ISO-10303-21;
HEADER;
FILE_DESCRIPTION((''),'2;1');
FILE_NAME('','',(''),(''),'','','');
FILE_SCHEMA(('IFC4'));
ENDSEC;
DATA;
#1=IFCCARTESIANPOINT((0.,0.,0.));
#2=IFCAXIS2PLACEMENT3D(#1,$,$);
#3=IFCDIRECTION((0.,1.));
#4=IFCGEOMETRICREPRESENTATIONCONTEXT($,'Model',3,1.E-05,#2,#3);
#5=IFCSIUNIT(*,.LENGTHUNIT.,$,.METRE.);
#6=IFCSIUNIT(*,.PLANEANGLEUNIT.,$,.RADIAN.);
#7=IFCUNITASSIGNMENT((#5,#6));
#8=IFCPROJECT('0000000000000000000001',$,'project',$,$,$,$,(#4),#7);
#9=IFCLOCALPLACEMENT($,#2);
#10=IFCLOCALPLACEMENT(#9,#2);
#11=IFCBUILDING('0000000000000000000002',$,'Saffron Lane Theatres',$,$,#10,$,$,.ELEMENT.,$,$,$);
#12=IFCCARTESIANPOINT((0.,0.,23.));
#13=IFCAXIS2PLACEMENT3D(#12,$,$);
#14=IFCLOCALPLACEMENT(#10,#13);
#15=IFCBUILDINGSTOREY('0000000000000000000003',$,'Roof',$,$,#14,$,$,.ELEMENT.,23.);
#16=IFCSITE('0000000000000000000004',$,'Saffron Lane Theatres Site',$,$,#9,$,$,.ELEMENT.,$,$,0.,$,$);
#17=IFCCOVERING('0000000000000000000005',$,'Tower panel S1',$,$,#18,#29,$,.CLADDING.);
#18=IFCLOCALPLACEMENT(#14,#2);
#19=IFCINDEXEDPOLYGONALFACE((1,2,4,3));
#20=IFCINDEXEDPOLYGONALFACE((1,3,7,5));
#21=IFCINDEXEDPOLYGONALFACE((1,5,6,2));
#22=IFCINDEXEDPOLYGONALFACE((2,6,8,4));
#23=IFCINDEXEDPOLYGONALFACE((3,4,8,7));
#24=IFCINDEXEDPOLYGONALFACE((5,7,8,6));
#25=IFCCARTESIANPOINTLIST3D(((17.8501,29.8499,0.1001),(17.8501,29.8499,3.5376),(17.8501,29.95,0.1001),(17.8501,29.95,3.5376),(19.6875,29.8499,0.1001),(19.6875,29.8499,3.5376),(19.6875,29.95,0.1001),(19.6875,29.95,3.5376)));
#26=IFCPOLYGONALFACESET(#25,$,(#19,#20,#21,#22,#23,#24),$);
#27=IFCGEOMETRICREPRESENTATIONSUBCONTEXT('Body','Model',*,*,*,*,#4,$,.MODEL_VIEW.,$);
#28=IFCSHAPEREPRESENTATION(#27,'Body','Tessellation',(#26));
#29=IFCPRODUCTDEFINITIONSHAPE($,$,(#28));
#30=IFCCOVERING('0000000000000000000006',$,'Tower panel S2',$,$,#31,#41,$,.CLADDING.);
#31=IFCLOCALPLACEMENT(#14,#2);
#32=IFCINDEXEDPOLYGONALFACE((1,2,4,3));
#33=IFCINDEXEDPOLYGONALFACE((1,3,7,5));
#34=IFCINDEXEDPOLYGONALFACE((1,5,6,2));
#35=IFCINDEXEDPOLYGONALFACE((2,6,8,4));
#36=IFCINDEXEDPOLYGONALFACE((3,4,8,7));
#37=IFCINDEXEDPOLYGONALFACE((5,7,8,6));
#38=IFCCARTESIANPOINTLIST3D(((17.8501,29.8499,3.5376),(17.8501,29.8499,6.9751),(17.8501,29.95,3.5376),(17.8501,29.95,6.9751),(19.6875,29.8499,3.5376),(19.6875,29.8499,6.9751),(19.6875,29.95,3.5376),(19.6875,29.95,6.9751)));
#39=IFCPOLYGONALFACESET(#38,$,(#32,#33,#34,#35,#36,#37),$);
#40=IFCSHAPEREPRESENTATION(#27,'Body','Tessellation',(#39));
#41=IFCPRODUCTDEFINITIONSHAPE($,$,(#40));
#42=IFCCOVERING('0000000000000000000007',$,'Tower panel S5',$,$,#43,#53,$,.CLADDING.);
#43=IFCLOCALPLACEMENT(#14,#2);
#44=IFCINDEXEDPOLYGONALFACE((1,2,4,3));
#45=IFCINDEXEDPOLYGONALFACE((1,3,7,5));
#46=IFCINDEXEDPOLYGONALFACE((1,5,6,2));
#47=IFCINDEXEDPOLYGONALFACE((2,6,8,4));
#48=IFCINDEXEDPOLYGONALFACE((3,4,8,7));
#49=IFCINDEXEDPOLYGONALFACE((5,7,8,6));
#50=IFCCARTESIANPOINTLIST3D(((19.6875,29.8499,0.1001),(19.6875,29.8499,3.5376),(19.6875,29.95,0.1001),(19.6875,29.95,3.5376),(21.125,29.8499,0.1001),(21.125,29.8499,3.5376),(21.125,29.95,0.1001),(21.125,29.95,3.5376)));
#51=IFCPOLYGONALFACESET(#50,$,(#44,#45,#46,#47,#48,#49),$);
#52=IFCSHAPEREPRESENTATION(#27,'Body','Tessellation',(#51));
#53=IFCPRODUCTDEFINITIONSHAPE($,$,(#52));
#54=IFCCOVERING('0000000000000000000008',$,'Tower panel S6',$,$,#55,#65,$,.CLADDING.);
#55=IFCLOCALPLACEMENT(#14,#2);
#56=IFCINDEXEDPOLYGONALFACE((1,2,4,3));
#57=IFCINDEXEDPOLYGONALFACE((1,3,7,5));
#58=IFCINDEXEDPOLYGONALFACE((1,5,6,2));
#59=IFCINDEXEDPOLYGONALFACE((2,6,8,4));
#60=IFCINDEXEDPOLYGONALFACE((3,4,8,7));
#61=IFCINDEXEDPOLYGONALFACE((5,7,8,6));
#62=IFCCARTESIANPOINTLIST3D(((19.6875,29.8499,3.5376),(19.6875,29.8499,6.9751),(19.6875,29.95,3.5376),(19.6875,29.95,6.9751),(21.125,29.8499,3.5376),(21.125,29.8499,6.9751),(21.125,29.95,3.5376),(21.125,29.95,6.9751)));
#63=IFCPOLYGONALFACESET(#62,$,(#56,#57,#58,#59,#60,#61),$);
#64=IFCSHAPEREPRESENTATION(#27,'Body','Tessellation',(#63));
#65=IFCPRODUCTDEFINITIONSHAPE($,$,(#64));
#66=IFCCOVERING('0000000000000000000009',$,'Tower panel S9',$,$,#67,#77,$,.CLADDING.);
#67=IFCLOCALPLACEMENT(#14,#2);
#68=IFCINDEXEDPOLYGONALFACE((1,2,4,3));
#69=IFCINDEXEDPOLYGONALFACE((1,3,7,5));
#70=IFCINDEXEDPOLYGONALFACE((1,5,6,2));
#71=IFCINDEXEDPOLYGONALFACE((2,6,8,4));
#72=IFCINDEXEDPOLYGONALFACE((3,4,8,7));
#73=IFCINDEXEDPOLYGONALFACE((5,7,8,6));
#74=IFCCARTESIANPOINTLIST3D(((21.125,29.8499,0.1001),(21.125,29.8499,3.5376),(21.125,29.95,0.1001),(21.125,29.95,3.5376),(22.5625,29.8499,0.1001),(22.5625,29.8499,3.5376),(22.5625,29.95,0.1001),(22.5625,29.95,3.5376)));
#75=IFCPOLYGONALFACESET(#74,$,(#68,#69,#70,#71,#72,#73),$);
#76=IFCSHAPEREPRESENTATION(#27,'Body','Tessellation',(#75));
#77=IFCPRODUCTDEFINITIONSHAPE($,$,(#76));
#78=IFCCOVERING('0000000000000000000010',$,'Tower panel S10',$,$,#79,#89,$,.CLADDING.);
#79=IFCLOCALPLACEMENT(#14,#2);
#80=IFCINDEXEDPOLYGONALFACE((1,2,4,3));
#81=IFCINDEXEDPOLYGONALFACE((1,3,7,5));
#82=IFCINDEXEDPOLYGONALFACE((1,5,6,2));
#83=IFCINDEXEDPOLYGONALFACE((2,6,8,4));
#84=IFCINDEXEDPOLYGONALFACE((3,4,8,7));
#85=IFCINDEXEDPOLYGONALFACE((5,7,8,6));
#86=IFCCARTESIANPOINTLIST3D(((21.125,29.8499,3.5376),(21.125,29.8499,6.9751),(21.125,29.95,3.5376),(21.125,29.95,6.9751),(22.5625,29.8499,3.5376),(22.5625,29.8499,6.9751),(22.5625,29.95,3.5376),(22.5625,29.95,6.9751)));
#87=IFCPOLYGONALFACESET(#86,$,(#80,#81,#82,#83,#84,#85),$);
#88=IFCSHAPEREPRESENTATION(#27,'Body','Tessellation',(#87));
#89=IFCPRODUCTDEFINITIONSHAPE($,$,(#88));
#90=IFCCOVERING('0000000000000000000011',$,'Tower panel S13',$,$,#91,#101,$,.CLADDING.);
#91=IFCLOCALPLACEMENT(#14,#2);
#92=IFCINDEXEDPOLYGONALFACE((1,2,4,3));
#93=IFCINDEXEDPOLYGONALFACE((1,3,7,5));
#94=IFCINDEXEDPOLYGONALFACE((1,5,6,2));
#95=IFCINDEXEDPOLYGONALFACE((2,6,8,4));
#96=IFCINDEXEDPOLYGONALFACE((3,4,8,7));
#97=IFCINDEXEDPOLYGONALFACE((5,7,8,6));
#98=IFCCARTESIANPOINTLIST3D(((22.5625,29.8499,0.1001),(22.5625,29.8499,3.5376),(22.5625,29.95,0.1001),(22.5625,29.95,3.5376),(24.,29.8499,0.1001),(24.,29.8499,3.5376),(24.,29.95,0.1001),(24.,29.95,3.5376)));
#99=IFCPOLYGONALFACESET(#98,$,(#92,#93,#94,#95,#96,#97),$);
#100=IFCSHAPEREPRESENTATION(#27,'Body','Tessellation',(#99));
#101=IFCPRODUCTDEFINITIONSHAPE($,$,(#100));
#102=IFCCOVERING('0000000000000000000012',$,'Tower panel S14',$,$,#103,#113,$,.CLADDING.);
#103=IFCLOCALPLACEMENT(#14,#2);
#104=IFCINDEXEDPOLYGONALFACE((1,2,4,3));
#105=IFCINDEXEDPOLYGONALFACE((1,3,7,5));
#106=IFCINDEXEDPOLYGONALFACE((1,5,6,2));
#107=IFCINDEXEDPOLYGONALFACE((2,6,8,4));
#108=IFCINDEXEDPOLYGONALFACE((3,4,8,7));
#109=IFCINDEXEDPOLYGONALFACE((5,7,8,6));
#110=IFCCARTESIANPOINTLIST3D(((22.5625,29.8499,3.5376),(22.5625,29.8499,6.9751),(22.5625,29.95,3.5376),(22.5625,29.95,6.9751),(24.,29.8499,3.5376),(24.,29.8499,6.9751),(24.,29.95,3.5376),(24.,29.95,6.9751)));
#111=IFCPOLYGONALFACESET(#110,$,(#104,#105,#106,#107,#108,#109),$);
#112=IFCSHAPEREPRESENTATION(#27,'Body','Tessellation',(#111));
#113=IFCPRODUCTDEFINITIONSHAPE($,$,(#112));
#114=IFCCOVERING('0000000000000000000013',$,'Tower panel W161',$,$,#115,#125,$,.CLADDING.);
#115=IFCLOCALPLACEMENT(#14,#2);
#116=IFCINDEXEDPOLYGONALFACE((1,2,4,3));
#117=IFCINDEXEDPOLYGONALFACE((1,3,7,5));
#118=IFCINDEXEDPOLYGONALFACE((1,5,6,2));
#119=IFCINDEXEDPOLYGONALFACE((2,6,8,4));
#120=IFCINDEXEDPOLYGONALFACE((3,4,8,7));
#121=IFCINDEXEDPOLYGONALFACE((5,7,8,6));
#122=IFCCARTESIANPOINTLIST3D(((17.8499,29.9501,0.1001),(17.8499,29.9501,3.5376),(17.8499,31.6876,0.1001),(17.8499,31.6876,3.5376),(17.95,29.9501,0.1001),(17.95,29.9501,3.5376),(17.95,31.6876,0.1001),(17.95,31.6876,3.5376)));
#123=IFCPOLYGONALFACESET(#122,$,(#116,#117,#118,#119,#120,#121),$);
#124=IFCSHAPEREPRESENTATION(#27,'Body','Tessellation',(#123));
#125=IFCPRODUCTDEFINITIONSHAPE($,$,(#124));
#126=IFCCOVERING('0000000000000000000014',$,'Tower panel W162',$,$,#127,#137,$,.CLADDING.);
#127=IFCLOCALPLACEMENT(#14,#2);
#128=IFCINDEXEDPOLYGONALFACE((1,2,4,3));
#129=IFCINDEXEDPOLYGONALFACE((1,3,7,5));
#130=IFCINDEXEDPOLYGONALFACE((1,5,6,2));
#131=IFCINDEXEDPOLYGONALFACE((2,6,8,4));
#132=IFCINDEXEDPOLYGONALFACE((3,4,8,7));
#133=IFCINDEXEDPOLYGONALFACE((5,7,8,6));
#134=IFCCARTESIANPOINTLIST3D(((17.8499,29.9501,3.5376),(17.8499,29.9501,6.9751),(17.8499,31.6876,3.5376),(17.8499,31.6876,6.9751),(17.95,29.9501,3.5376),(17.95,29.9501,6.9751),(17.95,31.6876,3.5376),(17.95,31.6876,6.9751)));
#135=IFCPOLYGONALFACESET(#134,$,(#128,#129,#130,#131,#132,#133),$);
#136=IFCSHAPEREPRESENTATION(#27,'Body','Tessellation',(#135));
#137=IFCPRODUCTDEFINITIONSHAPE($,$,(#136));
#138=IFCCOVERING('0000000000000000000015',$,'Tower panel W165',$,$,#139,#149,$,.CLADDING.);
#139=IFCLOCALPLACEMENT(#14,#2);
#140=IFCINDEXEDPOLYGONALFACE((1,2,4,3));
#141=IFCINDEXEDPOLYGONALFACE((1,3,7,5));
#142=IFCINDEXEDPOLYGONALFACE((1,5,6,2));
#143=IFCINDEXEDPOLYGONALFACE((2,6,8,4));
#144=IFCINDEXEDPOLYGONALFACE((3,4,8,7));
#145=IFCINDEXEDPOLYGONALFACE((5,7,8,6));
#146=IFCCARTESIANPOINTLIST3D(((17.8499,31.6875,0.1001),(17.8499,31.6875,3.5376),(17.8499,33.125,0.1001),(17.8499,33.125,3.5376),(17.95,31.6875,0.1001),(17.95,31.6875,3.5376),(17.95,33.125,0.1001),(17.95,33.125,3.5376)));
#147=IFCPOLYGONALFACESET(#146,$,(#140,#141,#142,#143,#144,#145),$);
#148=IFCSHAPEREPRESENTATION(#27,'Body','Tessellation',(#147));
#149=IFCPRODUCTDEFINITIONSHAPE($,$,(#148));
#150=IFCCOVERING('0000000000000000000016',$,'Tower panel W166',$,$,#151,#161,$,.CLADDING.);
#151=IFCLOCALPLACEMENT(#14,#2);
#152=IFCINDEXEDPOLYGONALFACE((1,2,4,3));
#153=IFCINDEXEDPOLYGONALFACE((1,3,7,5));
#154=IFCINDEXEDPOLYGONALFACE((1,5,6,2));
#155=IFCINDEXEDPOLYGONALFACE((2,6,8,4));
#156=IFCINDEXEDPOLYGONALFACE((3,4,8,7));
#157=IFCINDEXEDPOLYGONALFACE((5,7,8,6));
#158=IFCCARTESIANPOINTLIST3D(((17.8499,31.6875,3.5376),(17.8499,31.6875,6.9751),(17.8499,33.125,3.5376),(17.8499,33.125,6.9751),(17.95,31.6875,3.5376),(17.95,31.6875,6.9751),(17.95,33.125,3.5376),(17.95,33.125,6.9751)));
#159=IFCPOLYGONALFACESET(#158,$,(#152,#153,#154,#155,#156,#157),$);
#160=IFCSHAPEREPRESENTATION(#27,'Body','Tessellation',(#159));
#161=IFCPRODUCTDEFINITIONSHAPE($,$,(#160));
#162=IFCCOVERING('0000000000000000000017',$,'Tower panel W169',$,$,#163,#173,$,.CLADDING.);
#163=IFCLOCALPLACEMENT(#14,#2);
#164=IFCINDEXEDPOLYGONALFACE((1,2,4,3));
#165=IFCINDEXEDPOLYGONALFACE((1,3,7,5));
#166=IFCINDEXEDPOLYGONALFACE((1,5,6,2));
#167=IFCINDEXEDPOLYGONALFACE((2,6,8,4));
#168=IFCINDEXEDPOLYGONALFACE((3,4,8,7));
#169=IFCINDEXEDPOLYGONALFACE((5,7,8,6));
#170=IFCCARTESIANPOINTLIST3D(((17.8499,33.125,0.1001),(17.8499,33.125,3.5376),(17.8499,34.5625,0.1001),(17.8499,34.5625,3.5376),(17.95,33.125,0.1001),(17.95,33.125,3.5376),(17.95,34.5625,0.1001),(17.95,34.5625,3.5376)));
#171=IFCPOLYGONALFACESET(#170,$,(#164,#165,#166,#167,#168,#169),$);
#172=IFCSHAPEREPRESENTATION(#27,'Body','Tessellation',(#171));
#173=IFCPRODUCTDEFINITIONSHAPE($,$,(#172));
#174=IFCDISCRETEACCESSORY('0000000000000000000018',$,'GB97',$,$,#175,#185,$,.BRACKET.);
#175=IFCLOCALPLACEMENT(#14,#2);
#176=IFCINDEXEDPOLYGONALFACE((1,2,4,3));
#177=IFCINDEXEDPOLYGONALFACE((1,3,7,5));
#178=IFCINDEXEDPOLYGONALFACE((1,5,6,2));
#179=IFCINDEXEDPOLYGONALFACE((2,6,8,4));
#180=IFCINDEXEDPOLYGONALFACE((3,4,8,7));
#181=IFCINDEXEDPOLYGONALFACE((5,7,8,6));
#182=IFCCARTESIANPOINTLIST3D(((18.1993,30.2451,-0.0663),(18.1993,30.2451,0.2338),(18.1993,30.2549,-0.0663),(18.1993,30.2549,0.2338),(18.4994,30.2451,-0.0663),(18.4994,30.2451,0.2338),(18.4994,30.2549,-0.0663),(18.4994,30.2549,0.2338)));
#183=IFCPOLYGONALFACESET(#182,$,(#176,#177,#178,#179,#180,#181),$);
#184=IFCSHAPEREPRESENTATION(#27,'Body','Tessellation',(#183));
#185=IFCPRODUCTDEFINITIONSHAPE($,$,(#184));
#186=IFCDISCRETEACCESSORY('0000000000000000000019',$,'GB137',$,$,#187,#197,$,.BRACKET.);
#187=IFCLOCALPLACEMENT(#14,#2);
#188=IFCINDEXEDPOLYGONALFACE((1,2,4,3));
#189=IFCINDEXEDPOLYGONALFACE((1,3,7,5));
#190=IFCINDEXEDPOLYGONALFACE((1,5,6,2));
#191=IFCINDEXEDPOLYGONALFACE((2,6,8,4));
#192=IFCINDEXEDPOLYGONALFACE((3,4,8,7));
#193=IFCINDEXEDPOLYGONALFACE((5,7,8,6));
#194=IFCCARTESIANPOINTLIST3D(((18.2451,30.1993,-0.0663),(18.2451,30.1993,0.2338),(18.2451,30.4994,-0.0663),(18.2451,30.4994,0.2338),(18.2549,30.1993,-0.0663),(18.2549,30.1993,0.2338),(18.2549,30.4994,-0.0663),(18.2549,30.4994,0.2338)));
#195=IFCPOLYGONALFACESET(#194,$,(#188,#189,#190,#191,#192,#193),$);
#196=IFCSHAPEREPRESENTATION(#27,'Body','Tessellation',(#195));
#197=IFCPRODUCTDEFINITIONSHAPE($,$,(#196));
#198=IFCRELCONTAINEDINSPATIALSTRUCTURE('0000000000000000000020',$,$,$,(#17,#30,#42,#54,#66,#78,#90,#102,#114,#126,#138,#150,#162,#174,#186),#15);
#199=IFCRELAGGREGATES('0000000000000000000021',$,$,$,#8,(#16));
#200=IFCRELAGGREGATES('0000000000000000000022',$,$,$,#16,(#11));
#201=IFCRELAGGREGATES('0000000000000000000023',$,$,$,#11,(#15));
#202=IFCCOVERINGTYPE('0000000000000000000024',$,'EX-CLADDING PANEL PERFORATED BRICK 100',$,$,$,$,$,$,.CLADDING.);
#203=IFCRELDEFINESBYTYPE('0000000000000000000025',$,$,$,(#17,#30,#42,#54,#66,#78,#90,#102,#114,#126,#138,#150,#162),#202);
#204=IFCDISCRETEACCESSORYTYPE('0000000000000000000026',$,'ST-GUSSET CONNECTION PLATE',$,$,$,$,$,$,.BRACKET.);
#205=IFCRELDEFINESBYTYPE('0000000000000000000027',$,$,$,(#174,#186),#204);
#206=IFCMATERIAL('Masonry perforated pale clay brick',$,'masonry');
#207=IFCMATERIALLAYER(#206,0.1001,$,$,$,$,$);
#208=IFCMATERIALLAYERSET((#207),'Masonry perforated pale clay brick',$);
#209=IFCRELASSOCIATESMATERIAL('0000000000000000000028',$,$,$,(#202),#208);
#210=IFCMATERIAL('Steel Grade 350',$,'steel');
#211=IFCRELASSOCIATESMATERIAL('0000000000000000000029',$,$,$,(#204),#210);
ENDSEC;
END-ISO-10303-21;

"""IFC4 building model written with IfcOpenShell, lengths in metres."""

from ifc_helpers import new_model, si_unit, direction, frame, origin, origin_2d, place, context, subcontext, project, spatial, rectangle, extrude, material, layer, layer_set, material_profile, profile_set, type_object, element, save


model = new_model("IFC4")

# Units and contexts
model_context = context("Model", 3, precision=1e-05, world=origin(), true_north=direction((0.0, 1.0)))
body_context = subcontext(model_context, "Body", "Model", "MODEL_VIEW")
ifc_project = project(units=[si_unit("LENGTHUNIT", "METRE"), si_unit("PLANEANGLEUNIT", "RADIAN")], contexts=[model_context])

# Site, building, storey
site_placement = place(None, origin())
site = spatial("IfcSite", under=ifc_project, at=site_placement, Name="Saffron Lane Theatres Site", CompositionType="ELEMENT", RefElevation=0.0)
building_placement = place(site_placement, origin())
building = spatial("IfcBuilding", under=site, at=building_placement, Name="Saffron Lane Theatres", CompositionType="ELEMENT")
storey_placement = place(building_placement, frame((0.0, 0.0, 23.0)))
storey = spatial("IfcBuildingStorey", under=building, at=storey_placement, Name="Roof", CompositionType="ELEMENT", Elevation=23.0)

# Coverings
ifc_material_1 = material(Name="Masonry perforated pale clay brick", Category="masonry")
ifc_layer_1 = layer(ifc_material_1, 0.1001)
ifc_layer_set_1 = layer_set([ifc_layer_1], Name="Masonry perforated pale clay brick")
covering_type_1 = type_object("IfcCoveringType", Name="EX-CLADDING PANEL PERFORATED BRICK 100", PredefinedType="CLADDING", material=ifc_layer_set_1)
for number, where, z_axis, x_axis, name in (
    (1, (18.7688, 29.8999, 0.1001), (0.0, 0.0, 1.0), (1.0, 0.0, 0.0), "Tower panel S1"),
    (2, (18.7688, 29.8999, 3.5376), (0.0, 0.0, 1.0), (1.0, 0.0, 0.0), "Tower panel S2"),
):
    element("IfcCovering", number, at=place(storey_placement, frame(where, z_axis=z_axis, x_axis=x_axis)), inside=storey, type_object=covering_type_1, Name=name, PredefinedType="CLADDING", context=body_context, shape_type="SweptSolid", body=[
        extrude(rectangle(XDim=1.8374, YDim=0.1001, at=origin_2d()), origin(), (0.0, 0.0, 1.0), 3.4375),
    ])
for number, where, z_axis, x_axis, name in (
    (3, (20.4062, 29.8999, 0.1001), (0.0, 0.0, 1.0), (1.0, 0.0, 0.0), "Tower panel S5"),
    (4, (20.4062, 29.8999, 3.5376), (0.0, 0.0, 1.0), (1.0, 0.0, 0.0), "Tower panel S6"),
    (5, (21.8438, 29.8999, 0.1001), (0.0, 0.0, 1.0), (1.0, 0.0, 0.0), "Tower panel S9"),
    (6, (21.8438, 29.8999, 3.5376), (0.0, 0.0, 1.0), (1.0, 0.0, 0.0), "Tower panel S10"),
    (7, (23.2812, 29.8999, 0.1001), (0.0, 0.0, 1.0), (1.0, 0.0, 0.0), "Tower panel S13"),
    (8, (23.2812, 29.8999, 3.5376), (0.0, 0.0, 1.0), (1.0, 0.0, 0.0), "Tower panel S14"),
):
    element("IfcCovering", number, at=place(storey_placement, frame(where, z_axis=z_axis, x_axis=x_axis)), inside=storey, type_object=covering_type_1, Name=name, PredefinedType="CLADDING", context=body_context, shape_type="SweptSolid", body=[
        extrude(rectangle(XDim=1.4375, YDim=0.1001, at=origin_2d()), origin(), (0.0, 0.0, 1.0), 3.4375),
    ])
for number, where, z_axis, x_axis, name in (
    (9, (17.8999, 30.8188, 0.1001), (0.0, 0.0, 1.0), (0.0, 1.0, 0.0), "Tower panel W161"),
    (10, (17.8999, 30.8188, 3.5376), (0.0, 0.0, 1.0), (0.0, 1.0, 0.0), "Tower panel W162"),
):
    element("IfcCovering", number, at=place(storey_placement, frame(where, z_axis=z_axis, x_axis=x_axis)), inside=storey, type_object=covering_type_1, Name=name, PredefinedType="CLADDING", context=body_context, shape_type="SweptSolid", body=[
        extrude(rectangle(XDim=1.7375, YDim=0.1001, at=origin_2d()), origin(), (0.0, 0.0, 1.0), 3.4375),
    ])
for number, where, z_axis, x_axis, name in (
    (11, (17.8999, 32.4062, 0.1001), (0.0, 0.0, 1.0), (0.0, 1.0, 0.0), "Tower panel W165"),
    (12, (17.8999, 32.4062, 3.5376), (0.0, 0.0, 1.0), (0.0, 1.0, 0.0), "Tower panel W166"),
    (13, (17.8999, 33.8438, 0.1001), (0.0, 0.0, 1.0), (0.0, 1.0, 0.0), "Tower panel W169"),
):
    element("IfcCovering", number, at=place(storey_placement, frame(where, z_axis=z_axis, x_axis=x_axis)), inside=storey, type_object=covering_type_1, Name=name, PredefinedType="CLADDING", context=body_context, shape_type="SweptSolid", body=[
        extrude(rectangle(XDim=1.4375, YDim=0.1001, at=origin_2d()), origin(), (0.0, 0.0, 1.0), 3.4375),
    ])

# Discrete accessories
ifc_material_2 = material(Name="Steel Grade 350", Category="steel")
ifc_material_profile_1 = material_profile(ifc_material_2, rectangle(XDim=0.3, YDim=0.3, at=origin_2d()))
ifc_profile_set_1 = profile_set([ifc_material_profile_1], Name="Steel Grade 350")
discrete_accessory_type_1 = type_object("IfcDiscreteAccessoryType", Name="ST-GUSSET CONNECTION PLATE", PredefinedType="BRACKET", material=ifc_profile_set_1)
for number, where, z_axis, x_axis, name in (
    (14, (18.3494, 30.2451, 0.0837), (0.0, 1.0, 0.0), (-1.0, 0.0, 0.0), "GB97"),
    (15, (18.2451, 30.3494, 0.0837), (1.0, 0.0, 0.0), (0.0, 1.0, 0.0), "GB137"),
):
    element("IfcDiscreteAccessory", number, at=place(storey_placement, frame(where, z_axis=z_axis, x_axis=x_axis)), inside=storey, type_object=discrete_accessory_type_1, Name=name, PredefinedType="BRACKET", context=body_context, shape_type="SweptSolid", body=[
        extrude(rectangle(XDim=0.3, YDim=0.3, at=origin_2d()), origin(), (0.0, 0.0, 1.0), 0.0098),
    ])

save(model, "model.ifc")
